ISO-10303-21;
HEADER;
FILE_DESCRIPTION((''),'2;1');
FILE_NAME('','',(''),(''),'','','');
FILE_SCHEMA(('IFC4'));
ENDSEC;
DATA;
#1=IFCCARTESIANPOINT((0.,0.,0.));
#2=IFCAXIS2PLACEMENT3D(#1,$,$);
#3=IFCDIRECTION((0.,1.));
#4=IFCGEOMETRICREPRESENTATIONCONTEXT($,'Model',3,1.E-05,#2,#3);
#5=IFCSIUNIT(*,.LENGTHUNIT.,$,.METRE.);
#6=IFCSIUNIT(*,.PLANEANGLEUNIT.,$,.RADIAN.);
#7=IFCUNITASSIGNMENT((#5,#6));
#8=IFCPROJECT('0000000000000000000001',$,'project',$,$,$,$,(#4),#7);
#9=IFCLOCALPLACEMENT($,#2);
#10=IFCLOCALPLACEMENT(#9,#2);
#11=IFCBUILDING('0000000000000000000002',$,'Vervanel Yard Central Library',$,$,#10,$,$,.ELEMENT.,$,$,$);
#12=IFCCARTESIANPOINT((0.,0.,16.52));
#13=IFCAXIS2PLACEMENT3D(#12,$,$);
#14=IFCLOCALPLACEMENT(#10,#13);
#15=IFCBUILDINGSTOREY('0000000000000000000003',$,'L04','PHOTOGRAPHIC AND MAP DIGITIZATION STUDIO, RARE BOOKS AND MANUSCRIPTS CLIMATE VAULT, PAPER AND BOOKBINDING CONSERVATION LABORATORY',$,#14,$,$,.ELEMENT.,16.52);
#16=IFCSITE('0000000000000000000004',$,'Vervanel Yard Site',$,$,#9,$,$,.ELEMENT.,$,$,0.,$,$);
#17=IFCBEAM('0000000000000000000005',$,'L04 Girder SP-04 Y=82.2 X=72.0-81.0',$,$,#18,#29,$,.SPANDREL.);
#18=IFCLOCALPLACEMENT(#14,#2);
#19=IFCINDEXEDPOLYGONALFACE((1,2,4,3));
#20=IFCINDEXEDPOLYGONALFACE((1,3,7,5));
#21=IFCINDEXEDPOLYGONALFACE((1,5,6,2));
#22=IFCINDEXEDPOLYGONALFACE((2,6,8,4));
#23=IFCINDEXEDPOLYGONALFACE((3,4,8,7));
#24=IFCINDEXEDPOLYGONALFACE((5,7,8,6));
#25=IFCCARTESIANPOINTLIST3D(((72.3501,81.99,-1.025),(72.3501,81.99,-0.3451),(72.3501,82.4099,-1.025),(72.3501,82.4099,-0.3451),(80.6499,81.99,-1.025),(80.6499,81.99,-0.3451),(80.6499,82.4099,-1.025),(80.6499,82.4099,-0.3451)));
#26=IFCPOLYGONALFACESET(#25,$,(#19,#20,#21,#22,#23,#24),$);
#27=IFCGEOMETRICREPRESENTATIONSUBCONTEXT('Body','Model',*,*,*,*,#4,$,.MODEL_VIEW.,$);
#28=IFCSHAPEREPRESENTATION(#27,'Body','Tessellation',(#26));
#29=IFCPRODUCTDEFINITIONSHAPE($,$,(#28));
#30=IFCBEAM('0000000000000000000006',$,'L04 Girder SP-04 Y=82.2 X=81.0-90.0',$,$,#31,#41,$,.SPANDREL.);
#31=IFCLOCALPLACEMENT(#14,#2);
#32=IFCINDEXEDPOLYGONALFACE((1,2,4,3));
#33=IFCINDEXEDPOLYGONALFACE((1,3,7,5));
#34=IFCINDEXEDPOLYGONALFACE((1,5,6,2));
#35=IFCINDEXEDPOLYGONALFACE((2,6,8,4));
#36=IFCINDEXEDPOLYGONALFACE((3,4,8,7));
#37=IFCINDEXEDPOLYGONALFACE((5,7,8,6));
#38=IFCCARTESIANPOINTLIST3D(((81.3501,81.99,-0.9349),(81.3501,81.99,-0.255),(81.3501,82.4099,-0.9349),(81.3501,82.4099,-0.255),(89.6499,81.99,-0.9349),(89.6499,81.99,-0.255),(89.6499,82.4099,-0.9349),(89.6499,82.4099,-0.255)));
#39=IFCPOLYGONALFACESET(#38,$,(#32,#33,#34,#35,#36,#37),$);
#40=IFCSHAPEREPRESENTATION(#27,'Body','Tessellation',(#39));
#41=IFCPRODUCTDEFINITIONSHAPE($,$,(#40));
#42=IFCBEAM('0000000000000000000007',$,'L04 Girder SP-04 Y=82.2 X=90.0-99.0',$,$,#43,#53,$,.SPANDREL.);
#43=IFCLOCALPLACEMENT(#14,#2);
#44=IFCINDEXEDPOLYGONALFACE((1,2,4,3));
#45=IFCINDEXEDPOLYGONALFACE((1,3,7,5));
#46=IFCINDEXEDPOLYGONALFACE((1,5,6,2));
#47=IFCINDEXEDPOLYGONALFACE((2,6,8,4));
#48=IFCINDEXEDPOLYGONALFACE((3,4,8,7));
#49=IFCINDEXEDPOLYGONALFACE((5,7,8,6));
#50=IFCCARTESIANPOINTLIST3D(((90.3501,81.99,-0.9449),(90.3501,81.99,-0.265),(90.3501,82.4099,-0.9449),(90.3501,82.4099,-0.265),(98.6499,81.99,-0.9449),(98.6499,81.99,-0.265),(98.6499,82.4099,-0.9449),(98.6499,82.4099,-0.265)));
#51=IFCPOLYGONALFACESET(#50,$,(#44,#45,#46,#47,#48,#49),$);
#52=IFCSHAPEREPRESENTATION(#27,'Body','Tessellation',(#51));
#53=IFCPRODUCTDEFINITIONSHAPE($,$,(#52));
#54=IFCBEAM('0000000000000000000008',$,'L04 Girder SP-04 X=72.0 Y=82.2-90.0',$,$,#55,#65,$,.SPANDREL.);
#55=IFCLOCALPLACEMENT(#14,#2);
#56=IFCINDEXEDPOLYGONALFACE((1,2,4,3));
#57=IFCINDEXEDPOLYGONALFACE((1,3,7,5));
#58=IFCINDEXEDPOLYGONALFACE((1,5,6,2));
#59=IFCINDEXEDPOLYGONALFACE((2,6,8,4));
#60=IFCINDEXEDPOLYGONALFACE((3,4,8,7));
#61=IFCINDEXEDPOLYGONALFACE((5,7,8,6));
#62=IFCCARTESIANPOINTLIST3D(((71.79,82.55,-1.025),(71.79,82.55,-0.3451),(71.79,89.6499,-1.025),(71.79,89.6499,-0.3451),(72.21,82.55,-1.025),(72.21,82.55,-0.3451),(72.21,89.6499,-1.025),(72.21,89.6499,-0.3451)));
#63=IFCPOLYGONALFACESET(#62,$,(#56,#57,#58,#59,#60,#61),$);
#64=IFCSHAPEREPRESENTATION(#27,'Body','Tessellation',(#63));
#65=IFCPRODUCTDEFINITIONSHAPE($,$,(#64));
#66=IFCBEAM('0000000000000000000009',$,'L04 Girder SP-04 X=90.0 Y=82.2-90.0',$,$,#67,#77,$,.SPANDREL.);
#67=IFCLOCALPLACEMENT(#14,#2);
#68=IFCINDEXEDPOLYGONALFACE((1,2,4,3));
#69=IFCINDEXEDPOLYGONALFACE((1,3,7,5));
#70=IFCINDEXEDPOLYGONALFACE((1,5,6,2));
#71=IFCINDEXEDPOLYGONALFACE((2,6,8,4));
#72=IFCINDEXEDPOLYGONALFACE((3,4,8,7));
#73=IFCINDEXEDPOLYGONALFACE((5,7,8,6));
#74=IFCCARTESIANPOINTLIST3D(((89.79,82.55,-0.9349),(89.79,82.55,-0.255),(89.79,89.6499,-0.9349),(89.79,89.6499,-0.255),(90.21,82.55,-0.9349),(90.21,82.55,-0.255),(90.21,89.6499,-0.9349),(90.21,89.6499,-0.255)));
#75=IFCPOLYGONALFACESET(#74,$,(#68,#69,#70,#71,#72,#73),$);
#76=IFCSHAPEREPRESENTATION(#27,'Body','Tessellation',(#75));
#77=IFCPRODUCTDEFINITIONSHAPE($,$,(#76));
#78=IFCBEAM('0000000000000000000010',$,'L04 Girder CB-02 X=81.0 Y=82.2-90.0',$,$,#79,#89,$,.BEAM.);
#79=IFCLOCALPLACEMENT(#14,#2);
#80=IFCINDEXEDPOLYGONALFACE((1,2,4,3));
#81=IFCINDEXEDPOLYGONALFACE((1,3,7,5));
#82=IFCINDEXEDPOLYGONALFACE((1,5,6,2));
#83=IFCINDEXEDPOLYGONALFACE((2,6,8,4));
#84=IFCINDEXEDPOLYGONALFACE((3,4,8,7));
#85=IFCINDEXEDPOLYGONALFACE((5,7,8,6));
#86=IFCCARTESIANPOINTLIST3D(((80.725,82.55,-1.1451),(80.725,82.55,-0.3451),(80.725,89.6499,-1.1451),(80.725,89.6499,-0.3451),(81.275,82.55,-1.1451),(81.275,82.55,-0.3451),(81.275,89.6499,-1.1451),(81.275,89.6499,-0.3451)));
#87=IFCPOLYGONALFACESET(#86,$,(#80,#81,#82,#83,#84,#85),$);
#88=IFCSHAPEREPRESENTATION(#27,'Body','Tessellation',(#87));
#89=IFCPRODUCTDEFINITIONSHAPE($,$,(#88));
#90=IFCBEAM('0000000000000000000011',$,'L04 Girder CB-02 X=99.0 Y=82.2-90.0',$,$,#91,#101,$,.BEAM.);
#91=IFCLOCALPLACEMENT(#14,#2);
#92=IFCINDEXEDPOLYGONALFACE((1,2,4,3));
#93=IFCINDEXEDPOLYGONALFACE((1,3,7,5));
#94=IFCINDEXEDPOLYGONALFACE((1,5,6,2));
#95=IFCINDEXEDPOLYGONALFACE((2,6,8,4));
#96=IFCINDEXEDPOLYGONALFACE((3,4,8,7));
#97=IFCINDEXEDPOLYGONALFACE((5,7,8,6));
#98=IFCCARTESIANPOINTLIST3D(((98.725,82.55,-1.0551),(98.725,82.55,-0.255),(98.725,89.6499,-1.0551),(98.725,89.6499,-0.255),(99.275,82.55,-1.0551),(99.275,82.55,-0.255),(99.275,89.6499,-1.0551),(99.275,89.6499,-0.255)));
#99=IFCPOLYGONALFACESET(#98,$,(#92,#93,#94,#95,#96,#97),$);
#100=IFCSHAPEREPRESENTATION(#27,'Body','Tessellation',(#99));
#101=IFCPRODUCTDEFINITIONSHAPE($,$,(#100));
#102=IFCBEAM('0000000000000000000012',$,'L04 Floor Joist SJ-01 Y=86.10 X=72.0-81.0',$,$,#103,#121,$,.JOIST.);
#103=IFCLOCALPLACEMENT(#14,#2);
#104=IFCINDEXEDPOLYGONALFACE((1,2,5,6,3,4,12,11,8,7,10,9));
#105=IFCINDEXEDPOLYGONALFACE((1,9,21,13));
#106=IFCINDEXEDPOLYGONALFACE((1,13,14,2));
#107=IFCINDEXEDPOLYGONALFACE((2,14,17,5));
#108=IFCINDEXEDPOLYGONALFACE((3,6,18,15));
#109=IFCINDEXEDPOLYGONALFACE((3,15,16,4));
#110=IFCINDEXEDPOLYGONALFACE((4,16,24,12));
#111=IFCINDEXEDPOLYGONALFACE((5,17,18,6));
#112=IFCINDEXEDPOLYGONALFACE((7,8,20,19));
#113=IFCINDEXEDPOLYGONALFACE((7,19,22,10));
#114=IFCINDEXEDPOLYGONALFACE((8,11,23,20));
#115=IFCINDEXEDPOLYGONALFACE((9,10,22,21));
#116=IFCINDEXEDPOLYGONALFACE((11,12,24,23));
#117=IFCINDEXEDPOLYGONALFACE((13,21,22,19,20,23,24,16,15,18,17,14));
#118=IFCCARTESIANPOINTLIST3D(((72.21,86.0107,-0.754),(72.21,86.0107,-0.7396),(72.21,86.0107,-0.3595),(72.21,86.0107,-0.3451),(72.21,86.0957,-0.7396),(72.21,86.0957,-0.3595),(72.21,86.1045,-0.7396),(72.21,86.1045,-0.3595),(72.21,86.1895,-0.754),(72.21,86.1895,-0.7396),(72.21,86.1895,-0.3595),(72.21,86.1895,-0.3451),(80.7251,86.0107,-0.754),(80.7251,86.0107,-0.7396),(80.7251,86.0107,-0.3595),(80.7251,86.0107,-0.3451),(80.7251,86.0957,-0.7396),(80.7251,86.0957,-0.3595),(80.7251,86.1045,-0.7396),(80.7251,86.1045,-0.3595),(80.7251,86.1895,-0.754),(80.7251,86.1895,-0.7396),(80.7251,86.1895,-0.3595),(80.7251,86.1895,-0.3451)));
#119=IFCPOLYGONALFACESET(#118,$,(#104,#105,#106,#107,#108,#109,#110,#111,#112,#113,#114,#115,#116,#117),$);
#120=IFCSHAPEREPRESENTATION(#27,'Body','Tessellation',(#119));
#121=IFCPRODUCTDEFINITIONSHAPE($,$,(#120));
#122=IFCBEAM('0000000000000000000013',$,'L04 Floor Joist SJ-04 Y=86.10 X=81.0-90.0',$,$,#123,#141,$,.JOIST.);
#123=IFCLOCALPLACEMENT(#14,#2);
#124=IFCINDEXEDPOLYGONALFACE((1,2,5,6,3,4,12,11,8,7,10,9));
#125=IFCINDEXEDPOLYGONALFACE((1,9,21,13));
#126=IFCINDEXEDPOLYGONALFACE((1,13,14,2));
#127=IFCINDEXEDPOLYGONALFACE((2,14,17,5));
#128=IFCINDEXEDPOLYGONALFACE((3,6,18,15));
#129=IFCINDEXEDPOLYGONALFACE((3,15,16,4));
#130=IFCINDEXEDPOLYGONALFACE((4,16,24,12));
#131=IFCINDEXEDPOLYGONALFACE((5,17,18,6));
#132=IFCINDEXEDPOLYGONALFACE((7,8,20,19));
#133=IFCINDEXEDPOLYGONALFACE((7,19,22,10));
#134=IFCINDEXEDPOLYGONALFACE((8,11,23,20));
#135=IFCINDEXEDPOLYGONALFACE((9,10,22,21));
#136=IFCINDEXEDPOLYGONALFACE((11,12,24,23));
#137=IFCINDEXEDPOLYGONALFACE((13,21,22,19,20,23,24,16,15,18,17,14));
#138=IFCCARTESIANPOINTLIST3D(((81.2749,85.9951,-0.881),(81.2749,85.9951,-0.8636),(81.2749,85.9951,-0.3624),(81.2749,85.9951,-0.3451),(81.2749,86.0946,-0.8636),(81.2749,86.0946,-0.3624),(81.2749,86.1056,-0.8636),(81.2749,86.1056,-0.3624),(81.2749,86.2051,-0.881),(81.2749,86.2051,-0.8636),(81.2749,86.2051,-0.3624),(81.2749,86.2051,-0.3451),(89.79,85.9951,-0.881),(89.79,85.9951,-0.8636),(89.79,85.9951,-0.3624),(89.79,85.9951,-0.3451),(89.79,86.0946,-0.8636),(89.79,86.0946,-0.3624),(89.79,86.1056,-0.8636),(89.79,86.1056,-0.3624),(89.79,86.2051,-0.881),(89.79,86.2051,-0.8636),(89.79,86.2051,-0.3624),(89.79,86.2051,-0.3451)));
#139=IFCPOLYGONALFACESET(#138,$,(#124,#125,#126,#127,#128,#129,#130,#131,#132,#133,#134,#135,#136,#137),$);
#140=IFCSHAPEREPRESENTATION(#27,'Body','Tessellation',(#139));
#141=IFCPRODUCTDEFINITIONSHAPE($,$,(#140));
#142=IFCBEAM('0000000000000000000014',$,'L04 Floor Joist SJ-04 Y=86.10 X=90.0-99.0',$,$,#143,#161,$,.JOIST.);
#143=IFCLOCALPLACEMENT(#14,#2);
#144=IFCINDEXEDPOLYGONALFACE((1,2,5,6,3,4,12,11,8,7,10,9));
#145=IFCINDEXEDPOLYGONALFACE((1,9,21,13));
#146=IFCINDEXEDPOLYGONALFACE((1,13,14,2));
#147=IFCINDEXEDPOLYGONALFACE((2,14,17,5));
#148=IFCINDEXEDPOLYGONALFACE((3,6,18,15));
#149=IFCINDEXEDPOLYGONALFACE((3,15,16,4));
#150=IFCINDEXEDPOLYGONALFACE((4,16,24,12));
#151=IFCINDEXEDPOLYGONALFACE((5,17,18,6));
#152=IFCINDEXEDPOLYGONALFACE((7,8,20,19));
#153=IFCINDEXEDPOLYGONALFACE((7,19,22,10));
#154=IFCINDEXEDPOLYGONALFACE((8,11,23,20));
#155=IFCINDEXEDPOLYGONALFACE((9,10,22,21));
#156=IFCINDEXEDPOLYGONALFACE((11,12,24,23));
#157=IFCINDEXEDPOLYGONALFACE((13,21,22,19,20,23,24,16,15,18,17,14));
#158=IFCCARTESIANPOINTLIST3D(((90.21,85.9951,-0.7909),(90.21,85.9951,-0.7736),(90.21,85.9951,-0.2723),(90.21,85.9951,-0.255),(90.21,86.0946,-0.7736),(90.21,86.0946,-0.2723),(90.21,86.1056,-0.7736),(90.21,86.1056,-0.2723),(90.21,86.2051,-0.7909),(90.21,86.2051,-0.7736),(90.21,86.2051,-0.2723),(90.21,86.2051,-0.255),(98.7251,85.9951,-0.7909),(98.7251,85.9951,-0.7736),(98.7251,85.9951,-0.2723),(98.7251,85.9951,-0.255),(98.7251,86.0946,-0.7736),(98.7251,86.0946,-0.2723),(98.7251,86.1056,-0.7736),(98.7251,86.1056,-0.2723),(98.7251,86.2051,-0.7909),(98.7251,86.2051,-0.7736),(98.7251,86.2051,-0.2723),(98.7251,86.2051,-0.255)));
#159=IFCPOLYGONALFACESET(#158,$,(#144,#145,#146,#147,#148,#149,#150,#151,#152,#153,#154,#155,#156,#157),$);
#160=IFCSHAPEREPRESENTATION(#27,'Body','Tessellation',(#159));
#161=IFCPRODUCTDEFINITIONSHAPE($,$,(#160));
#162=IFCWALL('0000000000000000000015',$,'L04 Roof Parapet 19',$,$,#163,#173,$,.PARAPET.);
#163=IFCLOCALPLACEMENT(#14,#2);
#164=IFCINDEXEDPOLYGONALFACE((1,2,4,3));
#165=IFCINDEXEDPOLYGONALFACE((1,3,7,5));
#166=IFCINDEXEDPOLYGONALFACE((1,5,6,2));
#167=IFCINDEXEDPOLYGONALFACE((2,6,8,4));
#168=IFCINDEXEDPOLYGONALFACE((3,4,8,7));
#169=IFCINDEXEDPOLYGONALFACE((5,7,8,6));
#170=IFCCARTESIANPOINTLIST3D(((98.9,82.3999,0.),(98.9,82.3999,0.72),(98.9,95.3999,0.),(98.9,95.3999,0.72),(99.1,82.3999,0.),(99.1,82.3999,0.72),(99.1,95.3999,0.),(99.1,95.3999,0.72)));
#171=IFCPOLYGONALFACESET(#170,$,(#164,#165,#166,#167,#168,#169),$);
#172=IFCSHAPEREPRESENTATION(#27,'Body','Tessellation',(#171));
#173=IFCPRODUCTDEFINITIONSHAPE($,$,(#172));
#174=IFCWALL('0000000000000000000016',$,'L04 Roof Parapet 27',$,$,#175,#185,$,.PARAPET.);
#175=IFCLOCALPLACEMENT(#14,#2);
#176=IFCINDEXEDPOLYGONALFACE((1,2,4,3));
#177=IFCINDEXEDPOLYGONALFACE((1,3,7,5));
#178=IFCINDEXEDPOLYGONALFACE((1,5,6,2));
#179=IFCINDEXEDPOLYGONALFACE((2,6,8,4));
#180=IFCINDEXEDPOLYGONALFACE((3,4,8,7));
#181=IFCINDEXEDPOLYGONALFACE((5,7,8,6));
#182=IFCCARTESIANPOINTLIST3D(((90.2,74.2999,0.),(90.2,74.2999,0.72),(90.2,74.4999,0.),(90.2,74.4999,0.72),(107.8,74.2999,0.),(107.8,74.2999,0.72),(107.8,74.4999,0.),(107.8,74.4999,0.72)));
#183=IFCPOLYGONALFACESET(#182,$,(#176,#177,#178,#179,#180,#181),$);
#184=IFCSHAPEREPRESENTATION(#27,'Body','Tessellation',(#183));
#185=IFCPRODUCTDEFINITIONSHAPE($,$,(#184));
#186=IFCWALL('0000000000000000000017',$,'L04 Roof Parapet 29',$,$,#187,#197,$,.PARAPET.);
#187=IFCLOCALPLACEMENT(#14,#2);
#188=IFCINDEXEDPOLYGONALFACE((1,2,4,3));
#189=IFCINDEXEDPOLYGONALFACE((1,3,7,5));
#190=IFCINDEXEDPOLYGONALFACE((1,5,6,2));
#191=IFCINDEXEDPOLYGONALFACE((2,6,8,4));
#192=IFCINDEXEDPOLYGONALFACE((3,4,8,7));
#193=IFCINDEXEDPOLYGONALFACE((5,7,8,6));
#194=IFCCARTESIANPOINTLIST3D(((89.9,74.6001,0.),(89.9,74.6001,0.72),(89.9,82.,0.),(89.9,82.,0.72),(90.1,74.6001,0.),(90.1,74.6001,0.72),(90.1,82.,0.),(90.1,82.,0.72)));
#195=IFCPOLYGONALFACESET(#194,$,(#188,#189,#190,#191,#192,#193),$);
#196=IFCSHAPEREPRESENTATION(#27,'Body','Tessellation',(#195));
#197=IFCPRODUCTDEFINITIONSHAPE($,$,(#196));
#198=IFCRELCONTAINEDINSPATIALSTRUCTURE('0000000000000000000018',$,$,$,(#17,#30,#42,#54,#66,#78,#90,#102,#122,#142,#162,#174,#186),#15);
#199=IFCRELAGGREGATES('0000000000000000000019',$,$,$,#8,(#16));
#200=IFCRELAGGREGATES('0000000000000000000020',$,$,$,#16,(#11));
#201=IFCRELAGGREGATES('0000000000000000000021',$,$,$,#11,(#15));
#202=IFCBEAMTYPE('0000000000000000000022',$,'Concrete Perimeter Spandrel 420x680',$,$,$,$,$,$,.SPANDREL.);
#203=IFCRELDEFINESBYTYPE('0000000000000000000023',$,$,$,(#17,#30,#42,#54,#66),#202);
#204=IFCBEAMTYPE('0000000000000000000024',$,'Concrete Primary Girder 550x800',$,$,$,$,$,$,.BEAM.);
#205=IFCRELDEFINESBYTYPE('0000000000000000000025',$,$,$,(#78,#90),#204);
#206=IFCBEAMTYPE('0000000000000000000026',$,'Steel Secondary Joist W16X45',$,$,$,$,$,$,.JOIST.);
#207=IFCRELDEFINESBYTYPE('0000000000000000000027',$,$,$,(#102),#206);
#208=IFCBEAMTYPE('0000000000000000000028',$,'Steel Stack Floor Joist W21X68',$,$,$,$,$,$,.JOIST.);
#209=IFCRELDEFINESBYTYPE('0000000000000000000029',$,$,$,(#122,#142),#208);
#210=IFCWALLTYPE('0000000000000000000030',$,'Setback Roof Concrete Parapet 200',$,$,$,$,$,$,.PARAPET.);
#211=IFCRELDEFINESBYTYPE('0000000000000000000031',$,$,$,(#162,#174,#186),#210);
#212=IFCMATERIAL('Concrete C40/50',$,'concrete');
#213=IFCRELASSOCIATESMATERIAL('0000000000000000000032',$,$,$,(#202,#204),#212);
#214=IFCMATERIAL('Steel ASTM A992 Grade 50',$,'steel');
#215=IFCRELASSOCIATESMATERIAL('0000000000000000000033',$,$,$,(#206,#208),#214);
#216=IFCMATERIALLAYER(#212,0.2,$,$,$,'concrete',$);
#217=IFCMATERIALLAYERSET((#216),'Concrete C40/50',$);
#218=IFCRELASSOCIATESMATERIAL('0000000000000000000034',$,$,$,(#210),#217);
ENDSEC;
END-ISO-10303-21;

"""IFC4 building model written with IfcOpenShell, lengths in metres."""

from ifc_helpers import new_model, si_unit, direction, frame, frame_2d, origin, origin_2d, place, context, subcontext, project, spatial, rectangle, i_section, extrude, material, layer, layer_set, material_profile, profile_set, type_object, element, save


model = new_model("IFC4")

# Units and contexts
model_context = context("Model", 3, precision=1e-05, world=origin(), true_north=direction((0.0, 1.0)))
body_context = subcontext(model_context, "Body", "Model", "MODEL_VIEW")
ifc_project = project(units=[si_unit("LENGTHUNIT", "METRE"), si_unit("PLANEANGLEUNIT", "RADIAN")], contexts=[model_context])

# Site, building, storey
site_placement = place(None, origin())
site = spatial("IfcSite", under=ifc_project, at=site_placement, Name="Vervanel Yard Site", CompositionType="ELEMENT", RefElevation=0.0)
building_placement = place(site_placement, origin())
building = spatial("IfcBuilding", under=site, at=building_placement, Name="Vervanel Yard Central Library", CompositionType="ELEMENT")
storey_placement = place(building_placement, frame((0.0, 0.0, 16.52)))
storey = spatial("IfcBuildingStorey", under=building, at=storey_placement, Name="L04", Description="PHOTOGRAPHIC AND MAP DIGITIZATION STUDIO, RARE BOOKS AND MANUSCRIPTS CLIMATE VAULT, PAPER AND BOOKBINDING CONSERVATION LABORATORY", CompositionType="ELEMENT", Elevation=16.52)

# Beams
ifc_material_1 = material(Name="Concrete C40/50", Category="concrete")
ifc_material_profile_1 = material_profile(ifc_material_1, rectangle(XDim=0.4199, YDim=0.6799, at=origin_2d()), Name="RC 420x680", Category="concrete")
ifc_profile_set_1 = profile_set([ifc_material_profile_1], Name="Concrete C40/50")
beam_type_1 = type_object("IfcBeamType", Name="Concrete Perimeter Spandrel 420x680", PredefinedType="SPANDREL", material=ifc_profile_set_1)
for number, where, z_axis, x_axis, name in (
    (1, (72.3501, 82.2, -0.6851), (1.0, 0.0, 0.0), (0.0, 1.0, 0.0), "L04 Girder SP-04 Y=82.2 X=72.0-81.0"),
    (2, (81.3501, 82.2, -0.595), (1.0, 0.0, 0.0), (0.0, 1.0, 0.0), "L04 Girder SP-04 Y=82.2 X=81.0-90.0"),
    (3, (90.3501, 82.2, -0.605), (1.0, 0.0, 0.0), (0.0, 1.0, 0.0), "L04 Girder SP-04 Y=82.2 X=90.0-99.0"),
):
    element("IfcBeam", number, at=place(storey_placement, frame(where, z_axis=z_axis, x_axis=x_axis)), inside=storey, type_object=beam_type_1, Name=name, PredefinedType="SPANDREL", context=body_context, shape_type="SweptSolid", body=[
        extrude(rectangle(XDim=0.4199, YDim=0.6799, at=origin_2d()), origin(), (0.0, 0.0, 1.0), 8.2998),
    ])
for number, where, z_axis, x_axis, name in (
    (4, (72.0, 82.55, -0.6851), (0.0, 1.0, 0.0), (-1.0, 0.0, 0.0), "L04 Girder SP-04 X=72.0 Y=82.2-90.0"),
    (5, (90.0, 82.55, -0.595), (0.0, 1.0, 0.0), (-1.0, 0.0, 0.0), "L04 Girder SP-04 X=90.0 Y=82.2-90.0"),
):
    element("IfcBeam", number, at=place(storey_placement, frame(where, z_axis=z_axis, x_axis=x_axis)), inside=storey, type_object=beam_type_1, Name=name, PredefinedType="SPANDREL", context=body_context, shape_type="SweptSolid", body=[
        extrude(rectangle(XDim=0.4199, YDim=0.6799, at=origin_2d()), origin(), (0.0, 0.0, 1.0), 7.0999),
    ])
ifc_material_profile_2 = material_profile(ifc_material_1, rectangle(XDim=0.55, YDim=0.8, at=origin_2d()), Name="RC 550x800", Category="concrete")
ifc_profile_set_2 = profile_set([ifc_material_profile_2], Name="Concrete C40/50")
beam_type_2 = type_object("IfcBeamType", Name="Concrete Primary Girder 550x800", PredefinedType="BEAM", material=ifc_profile_set_2)
for number, where, z_axis, x_axis, name in (
    (6, (81.0, 82.55, -0.7451), (0.0, 1.0, 0.0), (-1.0, 0.0, 0.0), "L04 Girder CB-02 X=81.0 Y=82.2-90.0"),
    (7, (99.0, 82.55, -0.655), (0.0, 1.0, 0.0), (-1.0, 0.0, 0.0), "L04 Girder CB-02 X=99.0 Y=82.2-90.0"),
):
    element("IfcBeam", number, at=place(storey_placement, frame(where, z_axis=z_axis, x_axis=x_axis)), inside=storey, type_object=beam_type_2, Name=name, PredefinedType="BEAM", context=body_context, shape_type="SweptSolid", body=[
        extrude(rectangle(XDim=0.55, YDim=0.8, at=origin_2d()), origin(), (0.0, 0.0, 1.0), 7.0999),
    ])
ifc_material_2 = material(Name="Steel ASTM A992 Grade 50", Category="steel")
ifc_material_profile_3 = material_profile(ifc_material_2, i_section(OverallWidth=0.1787, OverallDepth=0.4089, WebThickness=0.0088, FlangeThickness=0.0144, at=origin_2d()), Name="W16X45", Category="steel")
ifc_profile_set_3 = profile_set([ifc_material_profile_3], Name="Steel ASTM A992 Grade 50")
beam_type_3 = type_object("IfcBeamType", Name="Steel Secondary Joist W16X45", PredefinedType="JOIST", material=ifc_profile_set_3)
beam_placement = place(storey_placement, frame((72.21, 86.1001, -0.5496), z_axis=(1.0, 0.0, 0.0), x_axis=(0.0, 1.0, 0.0)))
element("IfcBeam", 8, at=beam_placement, inside=storey, type_object=beam_type_3, Name="L04 Floor Joist SJ-01 Y=86.10 X=72.0-81.0", PredefinedType="JOIST", context=body_context, shape_type="SweptSolid", body=[
    extrude(i_section(OverallWidth=0.1787, OverallDepth=0.4089, WebThickness=0.0088, FlangeThickness=0.0144, at=origin_2d()), origin(), (0.0, 0.0, 1.0), 8.5151),
])
ifc_material_profile_4 = material_profile(ifc_material_2, i_section(OverallWidth=0.21, OverallDepth=0.5359, WebThickness=0.011, FlangeThickness=0.0173, at=origin_2d()), Name="W21X68", Category="steel")
ifc_profile_set_4 = profile_set([ifc_material_profile_4], Name="Steel ASTM A992 Grade 50")
beam_type_4 = type_object("IfcBeamType", Name="Steel Stack Floor Joist W21X68", PredefinedType="JOIST", material=ifc_profile_set_4)
for number, where, z_axis, x_axis, name in (
    (9, (81.2749, 86.1001, -0.613), (1.0, 0.0, 0.0), (0.0, 1.0, 0.0), "L04 Floor Joist SJ-04 Y=86.10 X=81.0-90.0"),
    (10, (90.21, 86.1001, -0.5229), (1.0, 0.0, 0.0), (0.0, 1.0, 0.0), "L04 Floor Joist SJ-04 Y=86.10 X=90.0-99.0"),
):
    element("IfcBeam", number, at=place(storey_placement, frame(where, z_axis=z_axis, x_axis=x_axis)), inside=storey, type_object=beam_type_4, Name=name, PredefinedType="JOIST", context=body_context, shape_type="SweptSolid", body=[
        extrude(i_section(OverallWidth=0.21, OverallDepth=0.5359, WebThickness=0.011, FlangeThickness=0.0173, at=origin_2d()), origin(), (0.0, 0.0, 1.0), 8.5151),
    ])

# Walls
ifc_layer = layer(ifc_material_1, 0.2, Category="concrete")
ifc_layer_set = layer_set([ifc_layer], Name="Concrete C40/50")
wall_type = type_object("IfcWallType", Name="Setback Roof Concrete Parapet 200", PredefinedType="PARAPET", material=ifc_layer_set)
wall_1_placement = place(storey_placement, frame((99.0, 82.3999, 0.0), z_axis=(0.0, 0.0, 1.0), x_axis=(0.0, 1.0, 0.0)))
element("IfcWall", 11, at=wall_1_placement, inside=storey, type_object=wall_type, Name="L04 Roof Parapet 19", PredefinedType="PARAPET", context=body_context, shape_type="SweptSolid", body=[
    extrude(rectangle(XDim=13.0, YDim=0.2, at=frame_2d((6.5, 0.0))), origin(), (0.0, 0.0, 1.0), 0.72),
])
wall_2_placement = place(storey_placement, frame((90.2, 74.3999, 0.0), z_axis=(0.0, 0.0, 1.0), x_axis=(1.0, 0.0, 0.0)))
element("IfcWall", 12, at=wall_2_placement, inside=storey, type_object=wall_type, Name="L04 Roof Parapet 27", PredefinedType="PARAPET", context=body_context, shape_type="SweptSolid", body=[
    extrude(rectangle(XDim=17.6001, YDim=0.2, at=frame_2d((8.8, 0.0))), origin(), (0.0, 0.0, 1.0), 0.72),
])
wall_3_placement = place(storey_placement, frame((90.0, 82.0, 0.0), z_axis=(0.0, 0.0, 1.0), x_axis=(0.0, -1.0, 0.0)))
element("IfcWall", 13, at=wall_3_placement, inside=storey, type_object=wall_type, Name="L04 Roof Parapet 29", PredefinedType="PARAPET", context=body_context, shape_type="SweptSolid", body=[
    extrude(rectangle(XDim=7.3999, YDim=0.2, at=frame_2d((3.7, 0.0))), origin(), (0.0, 0.0, 1.0), 0.72),
])

save(model, "model.ifc")
